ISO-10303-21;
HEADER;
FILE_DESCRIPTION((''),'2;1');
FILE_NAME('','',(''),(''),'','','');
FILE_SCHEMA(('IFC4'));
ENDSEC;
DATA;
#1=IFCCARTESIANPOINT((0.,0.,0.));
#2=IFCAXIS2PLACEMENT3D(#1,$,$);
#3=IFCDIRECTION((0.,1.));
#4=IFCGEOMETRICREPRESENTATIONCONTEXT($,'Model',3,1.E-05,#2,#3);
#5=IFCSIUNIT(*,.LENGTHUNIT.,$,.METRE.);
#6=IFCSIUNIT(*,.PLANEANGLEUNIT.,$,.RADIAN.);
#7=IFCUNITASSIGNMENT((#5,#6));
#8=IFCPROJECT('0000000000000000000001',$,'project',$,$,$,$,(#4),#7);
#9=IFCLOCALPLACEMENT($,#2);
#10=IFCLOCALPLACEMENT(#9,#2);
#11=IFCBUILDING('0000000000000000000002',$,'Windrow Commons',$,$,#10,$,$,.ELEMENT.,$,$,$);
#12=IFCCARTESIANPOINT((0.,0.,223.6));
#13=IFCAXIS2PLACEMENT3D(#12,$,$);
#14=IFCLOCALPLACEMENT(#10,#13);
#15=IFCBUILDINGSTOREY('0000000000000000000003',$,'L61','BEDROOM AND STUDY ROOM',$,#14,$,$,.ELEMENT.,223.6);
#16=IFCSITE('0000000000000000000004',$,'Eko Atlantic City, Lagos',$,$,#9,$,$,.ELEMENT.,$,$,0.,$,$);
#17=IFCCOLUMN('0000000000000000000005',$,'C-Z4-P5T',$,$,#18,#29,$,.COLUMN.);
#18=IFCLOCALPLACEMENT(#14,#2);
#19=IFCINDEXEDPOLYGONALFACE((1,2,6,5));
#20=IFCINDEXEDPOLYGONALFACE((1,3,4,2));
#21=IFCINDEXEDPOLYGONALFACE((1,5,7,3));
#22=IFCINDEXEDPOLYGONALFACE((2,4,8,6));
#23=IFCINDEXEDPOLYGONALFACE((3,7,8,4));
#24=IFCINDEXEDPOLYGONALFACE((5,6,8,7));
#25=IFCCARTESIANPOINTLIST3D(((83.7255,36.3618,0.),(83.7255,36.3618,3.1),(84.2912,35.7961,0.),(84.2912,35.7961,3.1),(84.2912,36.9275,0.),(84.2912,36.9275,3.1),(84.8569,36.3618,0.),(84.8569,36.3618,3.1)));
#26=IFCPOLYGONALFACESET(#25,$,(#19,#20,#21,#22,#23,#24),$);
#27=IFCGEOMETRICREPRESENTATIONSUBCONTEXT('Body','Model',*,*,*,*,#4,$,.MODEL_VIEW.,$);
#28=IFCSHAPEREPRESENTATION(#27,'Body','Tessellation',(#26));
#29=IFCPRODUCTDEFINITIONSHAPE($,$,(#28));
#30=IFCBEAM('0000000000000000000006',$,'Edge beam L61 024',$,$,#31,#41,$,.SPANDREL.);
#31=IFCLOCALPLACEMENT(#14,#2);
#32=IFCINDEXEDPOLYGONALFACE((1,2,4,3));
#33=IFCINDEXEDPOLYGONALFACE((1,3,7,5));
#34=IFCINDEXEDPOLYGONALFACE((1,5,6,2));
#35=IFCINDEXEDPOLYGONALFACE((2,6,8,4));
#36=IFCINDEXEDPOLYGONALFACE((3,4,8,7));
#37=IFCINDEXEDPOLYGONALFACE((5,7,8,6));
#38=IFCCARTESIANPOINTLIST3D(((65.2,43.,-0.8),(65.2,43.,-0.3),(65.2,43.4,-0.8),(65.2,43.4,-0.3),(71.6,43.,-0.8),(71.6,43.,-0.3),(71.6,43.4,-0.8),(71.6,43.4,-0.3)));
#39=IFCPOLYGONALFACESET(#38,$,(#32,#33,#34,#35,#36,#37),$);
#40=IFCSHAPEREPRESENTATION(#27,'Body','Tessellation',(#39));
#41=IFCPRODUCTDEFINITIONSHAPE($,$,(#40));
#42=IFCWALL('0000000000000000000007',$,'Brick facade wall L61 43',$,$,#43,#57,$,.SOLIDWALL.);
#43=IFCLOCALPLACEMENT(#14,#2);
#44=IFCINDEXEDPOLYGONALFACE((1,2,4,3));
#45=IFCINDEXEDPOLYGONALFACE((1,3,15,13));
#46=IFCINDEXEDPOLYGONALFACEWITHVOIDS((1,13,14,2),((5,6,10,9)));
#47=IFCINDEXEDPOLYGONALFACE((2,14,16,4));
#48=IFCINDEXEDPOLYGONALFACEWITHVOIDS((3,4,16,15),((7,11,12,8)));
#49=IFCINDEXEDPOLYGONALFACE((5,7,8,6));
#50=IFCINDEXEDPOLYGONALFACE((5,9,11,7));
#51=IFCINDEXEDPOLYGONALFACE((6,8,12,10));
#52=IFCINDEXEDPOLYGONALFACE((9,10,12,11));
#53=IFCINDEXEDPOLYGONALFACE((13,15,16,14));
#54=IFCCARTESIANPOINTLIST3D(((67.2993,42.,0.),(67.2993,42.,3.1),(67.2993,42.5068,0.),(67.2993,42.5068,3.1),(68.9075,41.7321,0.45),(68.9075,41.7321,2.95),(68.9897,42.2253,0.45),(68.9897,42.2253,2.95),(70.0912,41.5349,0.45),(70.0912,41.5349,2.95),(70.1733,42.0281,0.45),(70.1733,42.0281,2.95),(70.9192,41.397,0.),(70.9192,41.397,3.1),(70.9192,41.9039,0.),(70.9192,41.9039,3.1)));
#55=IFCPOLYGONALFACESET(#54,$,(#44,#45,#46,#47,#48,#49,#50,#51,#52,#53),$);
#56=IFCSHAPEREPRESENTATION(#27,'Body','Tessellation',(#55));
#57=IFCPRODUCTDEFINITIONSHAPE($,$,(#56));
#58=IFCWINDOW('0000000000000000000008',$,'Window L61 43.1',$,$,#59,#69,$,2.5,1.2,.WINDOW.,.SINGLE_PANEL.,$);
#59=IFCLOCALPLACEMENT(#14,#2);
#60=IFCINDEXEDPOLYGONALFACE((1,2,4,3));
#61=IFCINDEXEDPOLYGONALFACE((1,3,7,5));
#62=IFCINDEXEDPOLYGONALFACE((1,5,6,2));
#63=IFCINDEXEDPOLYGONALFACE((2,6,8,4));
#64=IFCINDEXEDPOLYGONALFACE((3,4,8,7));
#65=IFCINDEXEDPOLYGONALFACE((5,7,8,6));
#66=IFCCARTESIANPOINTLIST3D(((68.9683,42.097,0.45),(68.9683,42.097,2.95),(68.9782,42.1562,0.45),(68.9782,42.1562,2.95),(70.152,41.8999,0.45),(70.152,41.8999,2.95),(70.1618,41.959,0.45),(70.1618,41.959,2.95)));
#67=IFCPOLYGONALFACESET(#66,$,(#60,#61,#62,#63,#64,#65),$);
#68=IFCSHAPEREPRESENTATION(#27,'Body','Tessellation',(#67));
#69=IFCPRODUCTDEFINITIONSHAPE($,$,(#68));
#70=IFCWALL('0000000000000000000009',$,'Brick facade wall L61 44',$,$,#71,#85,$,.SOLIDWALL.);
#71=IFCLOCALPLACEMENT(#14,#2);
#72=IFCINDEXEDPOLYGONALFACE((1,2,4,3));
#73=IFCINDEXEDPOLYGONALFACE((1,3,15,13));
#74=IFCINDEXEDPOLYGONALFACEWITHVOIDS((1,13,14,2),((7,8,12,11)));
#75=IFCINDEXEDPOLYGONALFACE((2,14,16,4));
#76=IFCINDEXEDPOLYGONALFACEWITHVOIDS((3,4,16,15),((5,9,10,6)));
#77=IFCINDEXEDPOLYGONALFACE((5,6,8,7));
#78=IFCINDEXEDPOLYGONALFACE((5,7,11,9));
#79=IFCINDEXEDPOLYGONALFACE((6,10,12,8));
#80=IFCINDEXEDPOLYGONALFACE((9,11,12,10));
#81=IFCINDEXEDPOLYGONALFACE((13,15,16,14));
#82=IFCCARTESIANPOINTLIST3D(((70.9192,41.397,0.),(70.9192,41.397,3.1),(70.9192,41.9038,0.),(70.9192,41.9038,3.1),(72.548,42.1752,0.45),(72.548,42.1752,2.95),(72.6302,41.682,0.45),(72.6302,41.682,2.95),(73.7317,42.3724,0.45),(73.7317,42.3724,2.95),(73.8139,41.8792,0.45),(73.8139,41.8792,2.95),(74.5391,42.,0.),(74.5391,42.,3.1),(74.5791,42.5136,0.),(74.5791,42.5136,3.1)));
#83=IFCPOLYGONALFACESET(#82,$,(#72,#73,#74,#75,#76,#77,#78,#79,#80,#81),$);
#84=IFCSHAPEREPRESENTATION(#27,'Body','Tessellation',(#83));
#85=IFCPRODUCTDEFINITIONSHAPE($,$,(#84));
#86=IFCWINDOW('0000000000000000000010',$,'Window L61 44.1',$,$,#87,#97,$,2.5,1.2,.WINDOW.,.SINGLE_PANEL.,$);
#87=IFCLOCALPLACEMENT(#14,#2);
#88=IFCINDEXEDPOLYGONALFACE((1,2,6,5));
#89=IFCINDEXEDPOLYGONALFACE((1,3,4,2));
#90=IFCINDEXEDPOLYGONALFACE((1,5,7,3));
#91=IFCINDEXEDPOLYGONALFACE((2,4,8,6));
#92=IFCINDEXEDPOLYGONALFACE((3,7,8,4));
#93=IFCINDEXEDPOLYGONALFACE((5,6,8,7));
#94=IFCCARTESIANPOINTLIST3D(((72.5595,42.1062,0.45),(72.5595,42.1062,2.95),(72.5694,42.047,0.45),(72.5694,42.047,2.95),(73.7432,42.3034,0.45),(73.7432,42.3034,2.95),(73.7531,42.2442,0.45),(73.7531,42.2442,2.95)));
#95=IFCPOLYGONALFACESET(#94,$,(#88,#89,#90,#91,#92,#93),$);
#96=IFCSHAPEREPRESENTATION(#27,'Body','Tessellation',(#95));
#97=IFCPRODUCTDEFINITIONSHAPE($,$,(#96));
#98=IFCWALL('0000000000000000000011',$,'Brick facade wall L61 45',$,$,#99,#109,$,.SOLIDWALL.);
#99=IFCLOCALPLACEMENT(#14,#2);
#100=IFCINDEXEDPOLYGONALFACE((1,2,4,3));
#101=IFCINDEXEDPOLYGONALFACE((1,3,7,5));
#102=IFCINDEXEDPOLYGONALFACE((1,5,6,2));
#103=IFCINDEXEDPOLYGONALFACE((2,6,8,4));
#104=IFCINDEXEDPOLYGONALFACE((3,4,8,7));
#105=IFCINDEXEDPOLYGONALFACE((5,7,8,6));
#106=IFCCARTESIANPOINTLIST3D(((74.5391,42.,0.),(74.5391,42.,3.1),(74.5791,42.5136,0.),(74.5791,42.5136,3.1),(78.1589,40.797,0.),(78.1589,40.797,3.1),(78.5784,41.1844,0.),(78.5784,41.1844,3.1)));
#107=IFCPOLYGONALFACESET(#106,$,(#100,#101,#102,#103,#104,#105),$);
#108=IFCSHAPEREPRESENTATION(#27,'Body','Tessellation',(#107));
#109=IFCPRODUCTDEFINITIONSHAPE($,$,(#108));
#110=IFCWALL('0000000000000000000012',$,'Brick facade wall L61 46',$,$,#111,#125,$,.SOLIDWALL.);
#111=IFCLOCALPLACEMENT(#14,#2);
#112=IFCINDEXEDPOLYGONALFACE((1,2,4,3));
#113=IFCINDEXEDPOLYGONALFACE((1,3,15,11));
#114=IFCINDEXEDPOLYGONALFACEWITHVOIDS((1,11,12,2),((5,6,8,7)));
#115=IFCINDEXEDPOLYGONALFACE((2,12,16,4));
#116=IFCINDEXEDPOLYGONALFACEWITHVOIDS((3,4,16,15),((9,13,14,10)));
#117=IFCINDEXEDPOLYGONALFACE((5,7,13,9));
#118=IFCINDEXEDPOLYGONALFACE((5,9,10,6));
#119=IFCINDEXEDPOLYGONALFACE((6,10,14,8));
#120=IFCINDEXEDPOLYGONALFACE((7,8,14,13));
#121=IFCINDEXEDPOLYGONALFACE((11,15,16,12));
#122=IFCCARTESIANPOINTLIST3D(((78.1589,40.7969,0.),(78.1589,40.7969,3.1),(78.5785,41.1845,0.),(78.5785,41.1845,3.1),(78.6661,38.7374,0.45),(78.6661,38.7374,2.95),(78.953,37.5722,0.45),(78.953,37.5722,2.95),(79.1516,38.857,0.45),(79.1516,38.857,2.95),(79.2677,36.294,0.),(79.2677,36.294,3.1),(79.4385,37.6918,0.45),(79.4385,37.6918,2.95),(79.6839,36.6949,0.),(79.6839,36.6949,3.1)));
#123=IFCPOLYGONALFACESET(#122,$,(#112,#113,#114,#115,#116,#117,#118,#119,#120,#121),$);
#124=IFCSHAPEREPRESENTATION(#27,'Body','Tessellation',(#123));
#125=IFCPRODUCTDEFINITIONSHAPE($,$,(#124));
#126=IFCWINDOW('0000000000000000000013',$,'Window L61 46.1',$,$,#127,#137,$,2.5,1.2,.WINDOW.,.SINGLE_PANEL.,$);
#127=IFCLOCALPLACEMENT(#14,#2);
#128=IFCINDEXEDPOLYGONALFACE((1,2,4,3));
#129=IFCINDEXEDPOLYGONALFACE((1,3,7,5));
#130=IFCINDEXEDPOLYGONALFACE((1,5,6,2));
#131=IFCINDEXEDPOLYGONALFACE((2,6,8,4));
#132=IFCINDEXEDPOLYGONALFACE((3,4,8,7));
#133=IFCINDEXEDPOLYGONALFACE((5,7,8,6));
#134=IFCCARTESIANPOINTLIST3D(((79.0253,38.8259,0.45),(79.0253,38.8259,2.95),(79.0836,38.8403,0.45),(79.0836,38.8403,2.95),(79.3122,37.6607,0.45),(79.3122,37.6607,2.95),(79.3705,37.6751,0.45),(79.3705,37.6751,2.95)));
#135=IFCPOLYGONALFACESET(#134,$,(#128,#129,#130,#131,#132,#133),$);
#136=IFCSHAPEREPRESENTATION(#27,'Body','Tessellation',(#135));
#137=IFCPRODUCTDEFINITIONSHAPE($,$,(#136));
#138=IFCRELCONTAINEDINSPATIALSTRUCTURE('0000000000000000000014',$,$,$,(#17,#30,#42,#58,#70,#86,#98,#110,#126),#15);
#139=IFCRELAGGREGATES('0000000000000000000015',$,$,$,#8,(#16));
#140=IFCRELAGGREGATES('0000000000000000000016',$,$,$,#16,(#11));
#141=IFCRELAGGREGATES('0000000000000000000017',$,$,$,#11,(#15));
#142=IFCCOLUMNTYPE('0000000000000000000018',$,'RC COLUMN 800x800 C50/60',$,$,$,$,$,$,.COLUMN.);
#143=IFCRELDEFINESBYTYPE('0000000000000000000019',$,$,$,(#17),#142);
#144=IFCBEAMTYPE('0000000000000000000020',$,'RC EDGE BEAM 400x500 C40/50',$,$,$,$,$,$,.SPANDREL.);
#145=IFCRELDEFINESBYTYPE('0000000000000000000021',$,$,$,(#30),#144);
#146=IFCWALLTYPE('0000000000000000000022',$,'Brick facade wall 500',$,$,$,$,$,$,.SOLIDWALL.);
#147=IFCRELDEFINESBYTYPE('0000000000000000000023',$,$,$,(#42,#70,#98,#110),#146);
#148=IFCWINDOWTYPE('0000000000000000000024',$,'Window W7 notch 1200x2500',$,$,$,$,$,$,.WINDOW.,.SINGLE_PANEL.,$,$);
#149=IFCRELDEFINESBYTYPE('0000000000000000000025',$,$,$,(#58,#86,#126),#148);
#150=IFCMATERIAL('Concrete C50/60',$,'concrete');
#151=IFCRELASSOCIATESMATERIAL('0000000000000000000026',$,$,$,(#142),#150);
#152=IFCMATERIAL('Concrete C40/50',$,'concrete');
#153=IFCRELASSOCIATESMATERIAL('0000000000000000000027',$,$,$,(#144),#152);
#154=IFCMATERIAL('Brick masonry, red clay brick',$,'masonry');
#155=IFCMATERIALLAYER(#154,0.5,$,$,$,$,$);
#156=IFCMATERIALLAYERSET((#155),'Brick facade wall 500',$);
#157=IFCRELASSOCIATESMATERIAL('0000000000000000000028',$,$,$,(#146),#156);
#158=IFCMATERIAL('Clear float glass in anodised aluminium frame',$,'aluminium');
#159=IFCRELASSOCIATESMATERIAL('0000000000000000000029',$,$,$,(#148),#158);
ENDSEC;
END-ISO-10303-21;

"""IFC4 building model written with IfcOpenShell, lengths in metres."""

from ifc_helpers import new_model, si_unit, direction, frame, frame_2d, origin, origin_2d, place, context, subcontext, project, spatial, polyline, rectangle, outline, extrude, material, layer, layer_set, material_profile, profile_set, type_object, element, fill, save


model = new_model("IFC4")

# Units and contexts
model_context = context("Model", 3, precision=1e-05, world=origin(), true_north=direction((0.0, 1.0)))
body_context = subcontext(model_context, "Body", "Model", "MODEL_VIEW")
ifc_project = project(units=[si_unit("LENGTHUNIT", "METRE"), si_unit("PLANEANGLEUNIT", "RADIAN")], contexts=[model_context])

# Site, building, storey
site_placement = place(None, origin())
site = spatial("IfcSite", under=ifc_project, at=site_placement, Name="Eko Atlantic City, Lagos", CompositionType="ELEMENT", RefElevation=0.0)
building_placement = place(site_placement, origin())
building = spatial("IfcBuilding", under=site, at=building_placement, Name="Windrow Commons", CompositionType="ELEMENT")
storey_placement = place(building_placement, frame((0.0, 0.0, 223.6)))
storey = spatial("IfcBuildingStorey", under=building, at=storey_placement, Name="L61", Description="BEDROOM AND STUDY ROOM", CompositionType="ELEMENT", Elevation=223.6)

# Column
ifc_material_1 = material(Name="Concrete C50/60", Category="concrete")
ifc_material_profile_1 = material_profile(ifc_material_1, rectangle(XDim=0.8, YDim=0.8, at=origin_2d()))
ifc_profile_set_1 = profile_set([ifc_material_profile_1], Name="Concrete C50/60")
column_type = type_object("IfcColumnType", Name="RC COLUMN 800x800 C50/60", PredefinedType="COLUMN", material=ifc_profile_set_1)
column_placement = place(storey_placement, frame((84.2912, 36.3618, 0.0), z_axis=(0.0, 0.0, 1.0), x_axis=(0.707107, -0.707107, 0.0)))
element("IfcColumn", 1, at=column_placement, inside=storey, type_object=column_type, Name="C-Z4-P5T", PredefinedType="COLUMN", context=body_context, shape_type="SweptSolid", body=[
    extrude(rectangle(XDim=0.8, YDim=0.8, at=origin_2d()), origin(), (0.0, 0.0, 1.0), 3.1),
])

# Beam
ifc_material_2 = material(Name="Concrete C40/50", Category="concrete")
ifc_material_profile_2 = material_profile(ifc_material_2, rectangle(XDim=0.4, YDim=0.5, at=origin_2d()))
ifc_profile_set_2 = profile_set([ifc_material_profile_2], Name="Concrete C40/50")
beam_type = type_object("IfcBeamType", Name="RC EDGE BEAM 400x500 C40/50", PredefinedType="SPANDREL", material=ifc_profile_set_2)
beam_placement = place(storey_placement, frame((71.6, 43.2, -0.55), z_axis=(-1.0, 0.0, 0.0), x_axis=(0.0, -1.0, 0.0)))
element("IfcBeam", 2, at=beam_placement, inside=storey, type_object=beam_type, Name="Edge beam L61 024", PredefinedType="SPANDREL", context=body_context, shape_type="SweptSolid", body=[
    extrude(rectangle(XDim=0.4, YDim=0.5, at=origin_2d()), origin(), (0.0, 0.0, 1.0), 6.4),
])

# Walls, openings, windows
ifc_material_3 = material(Name="Brick masonry, red clay brick", Category="masonry")
ifc_layer_1 = layer(ifc_material_3, 0.5)
ifc_layer_set_1 = layer_set([ifc_layer_1], Name="Brick facade wall 500")
wall_type_1 = type_object("IfcWallType", Name="Brick facade wall 500", PredefinedType="SOLIDWALL", material=ifc_layer_set_1)
wall_1_placement = place(storey_placement, frame((67.2993, 42.2534, 0.0), z_axis=(0.0, 0.0, 1.0), x_axis=(0.986408, -0.164315, 0.0)))
wall_1 = element("IfcWall", 3, at=wall_1_placement, inside=storey, type_object=wall_type_1, Name="Brick facade wall L61 43", PredefinedType="SOLIDWALL", context=body_context, shape_type="SweptSolid", body=[
    extrude(outline(polyline([(0.0416, -0.25), (3.7114, -0.25), (3.6281, 0.25), (-0.0416, 0.25), (0.0416, -0.25)])), origin(), (0.0, 0.0, 1.0), 3.1),
])
opening_1_placement = place(wall_1_placement, frame((1.672, 0.0, 0.45)))
opening_1 = element("IfcOpeningElement", 4, at=opening_1_placement, cuts=wall_1, PredefinedType="OPENING", context=body_context, shape_type="SweptSolid", body=[
    extrude(rectangle(XDim=1.2, YDim=2.5, at=frame_2d((0.6, 1.25))), frame((0.0, 0.26, 0.0), z_axis=(0.0, -1.0, 0.0), x_axis=(1.0, 0.0, 0.0)), (0.0, 0.0, 1.0), 0.52),
])
ifc_material_4 = material(Name="Clear float glass in anodised aluminium frame", Category="aluminium")
window_type_1 = type_object("IfcWindowType", Name="Window W7 notch 1200x2500", PartitioningType="SINGLE_PANEL", PredefinedType="WINDOW", material=ifc_material_4)
window_1_placement = place(opening_1_placement, origin())
window_1 = element("IfcWindow", 5, at=window_1_placement, inside=storey, type_object=window_type_1, Name="Window L61 43.1", OverallHeight=2.5, OverallWidth=1.2, PartitioningType="SINGLE_PANEL", PredefinedType="WINDOW", context=body_context, shape_type="SweptSolid", body=[
    extrude(rectangle(XDim=1.2, YDim=2.5, at=frame_2d((0.6, 1.25))), frame((0.0, 0.18, 0.0), z_axis=(0.0, -1.0, 0.0), x_axis=(1.0, 0.0, 0.0)), (0.0, 0.0, 1.0), 0.06),
])
fill(opening_1, window_1)
wall_2_placement = place(storey_placement, frame((70.9192, 41.6504, 0.0), z_axis=(0.0, 0.0, 1.0), x_axis=(0.986405, 0.164333, 0.0)))
wall_2 = element("IfcWall", 6, at=wall_2_placement, inside=storey, type_object=wall_type_1, Name="Brick facade wall L61 44", PredefinedType="SOLIDWALL", context=body_context, shape_type="SweptSolid", body=[
    extrude(outline(polyline([(-0.0416, -0.25), (3.6281, -0.25), (3.752, 0.25), (0.0416, 0.25), (-0.0416, -0.25)])), origin(), (0.0, 0.0, 1.0), 3.1),
])
opening_2_placement = place(wall_2_placement, frame((1.6929, 0.0, 0.45)))
opening_2 = element("IfcOpeningElement", 7, at=opening_2_placement, cuts=wall_2, PredefinedType="OPENING", context=body_context, shape_type="SweptSolid", body=[
    extrude(rectangle(XDim=1.2, YDim=2.5, at=frame_2d((0.6, 1.25))), frame((0.0, 0.26, 0.0), z_axis=(0.0, -1.0, 0.0), x_axis=(1.0, 0.0, 0.0)), (0.0, 0.0, 1.0), 0.52),
])
window_2_placement = place(opening_2_placement, origin())
window_2 = element("IfcWindow", 8, at=window_2_placement, inside=storey, type_object=window_type_1, Name="Window L61 44.1", OverallHeight=2.5, OverallWidth=1.2, PartitioningType="SINGLE_PANEL", PredefinedType="WINDOW", context=body_context, shape_type="SweptSolid", body=[
    extrude(rectangle(XDim=1.2, YDim=2.5, at=frame_2d((0.6, 1.25))), frame((0.0, 0.18, 0.0), z_axis=(0.0, -1.0, 0.0), x_axis=(1.0, 0.0, 0.0)), (0.0, 0.0, 1.0), 0.06),
])
fill(opening_2, window_2)

# Wall
wall_3_placement = place(storey_placement, frame((74.5591, 42.2568, 0.0), z_axis=(0.0, 0.0, 1.0), x_axis=(0.948964, -0.315383, 0.0)))
element("IfcWall", 9, at=wall_3_placement, inside=storey, type_object=wall_type_1, Name="Brick facade wall L61 45", PredefinedType="SOLIDWALL", context=body_context, shape_type="SweptSolid", body=[
    extrude(outline(polyline([(0.062, -0.25), (3.8765, -0.25), (4.1524, 0.25), (-0.062, 0.25), (0.062, -0.25)])), origin(), (0.0, 0.0, 1.0), 3.1),
])

# Wall, opening, window
wall_4_placement = place(storey_placement, frame((78.3687, 40.9907, 0.0), z_axis=(0.0, 0.0, 1.0), x_axis=(0.239089, -0.970998, 0.0)))
wall_4 = element("IfcWall", 10, at=wall_4_placement, inside=storey, type_object=wall_type_1, Name="Brick facade wall L61 46", PredefinedType="SOLIDWALL", context=body_context, shape_type="SweptSolid", body=[
    extrude(outline(polyline([(0.138, -0.25), (4.7754, -0.25), (4.4857, 0.25), (-0.138, 0.25), (0.138, -0.25)])), origin(), (0.0, 0.0, 1.0), 3.1),
])
opening_3_placement = place(wall_4_placement, frame((2.259, 0.0, 0.45)))
opening_3 = element("IfcOpeningElement", 11, at=opening_3_placement, cuts=wall_4, PredefinedType="OPENING", context=body_context, shape_type="SweptSolid", body=[
    extrude(rectangle(XDim=1.2, YDim=2.5, at=frame_2d((0.6, 1.25))), frame((0.0, 0.26, 0.0), z_axis=(0.0, -1.0, 0.0), x_axis=(1.0, 0.0, 0.0)), (0.0, 0.0, 1.0), 0.52),
])
window_3_placement = place(opening_3_placement, origin())
window_3 = element("IfcWindow", 12, at=window_3_placement, inside=storey, type_object=window_type_1, Name="Window L61 46.1", OverallHeight=2.5, OverallWidth=1.2, PartitioningType="SINGLE_PANEL", PredefinedType="WINDOW", context=body_context, shape_type="SweptSolid", body=[
    extrude(rectangle(XDim=1.2, YDim=2.5, at=frame_2d((0.6, 1.25))), frame((0.0, 0.18, 0.0), z_axis=(0.0, -1.0, 0.0), x_axis=(1.0, 0.0, 0.0)), (0.0, 0.0, 1.0), 0.06),
])
fill(opening_3, window_3)

save(model, "model.ifc")
